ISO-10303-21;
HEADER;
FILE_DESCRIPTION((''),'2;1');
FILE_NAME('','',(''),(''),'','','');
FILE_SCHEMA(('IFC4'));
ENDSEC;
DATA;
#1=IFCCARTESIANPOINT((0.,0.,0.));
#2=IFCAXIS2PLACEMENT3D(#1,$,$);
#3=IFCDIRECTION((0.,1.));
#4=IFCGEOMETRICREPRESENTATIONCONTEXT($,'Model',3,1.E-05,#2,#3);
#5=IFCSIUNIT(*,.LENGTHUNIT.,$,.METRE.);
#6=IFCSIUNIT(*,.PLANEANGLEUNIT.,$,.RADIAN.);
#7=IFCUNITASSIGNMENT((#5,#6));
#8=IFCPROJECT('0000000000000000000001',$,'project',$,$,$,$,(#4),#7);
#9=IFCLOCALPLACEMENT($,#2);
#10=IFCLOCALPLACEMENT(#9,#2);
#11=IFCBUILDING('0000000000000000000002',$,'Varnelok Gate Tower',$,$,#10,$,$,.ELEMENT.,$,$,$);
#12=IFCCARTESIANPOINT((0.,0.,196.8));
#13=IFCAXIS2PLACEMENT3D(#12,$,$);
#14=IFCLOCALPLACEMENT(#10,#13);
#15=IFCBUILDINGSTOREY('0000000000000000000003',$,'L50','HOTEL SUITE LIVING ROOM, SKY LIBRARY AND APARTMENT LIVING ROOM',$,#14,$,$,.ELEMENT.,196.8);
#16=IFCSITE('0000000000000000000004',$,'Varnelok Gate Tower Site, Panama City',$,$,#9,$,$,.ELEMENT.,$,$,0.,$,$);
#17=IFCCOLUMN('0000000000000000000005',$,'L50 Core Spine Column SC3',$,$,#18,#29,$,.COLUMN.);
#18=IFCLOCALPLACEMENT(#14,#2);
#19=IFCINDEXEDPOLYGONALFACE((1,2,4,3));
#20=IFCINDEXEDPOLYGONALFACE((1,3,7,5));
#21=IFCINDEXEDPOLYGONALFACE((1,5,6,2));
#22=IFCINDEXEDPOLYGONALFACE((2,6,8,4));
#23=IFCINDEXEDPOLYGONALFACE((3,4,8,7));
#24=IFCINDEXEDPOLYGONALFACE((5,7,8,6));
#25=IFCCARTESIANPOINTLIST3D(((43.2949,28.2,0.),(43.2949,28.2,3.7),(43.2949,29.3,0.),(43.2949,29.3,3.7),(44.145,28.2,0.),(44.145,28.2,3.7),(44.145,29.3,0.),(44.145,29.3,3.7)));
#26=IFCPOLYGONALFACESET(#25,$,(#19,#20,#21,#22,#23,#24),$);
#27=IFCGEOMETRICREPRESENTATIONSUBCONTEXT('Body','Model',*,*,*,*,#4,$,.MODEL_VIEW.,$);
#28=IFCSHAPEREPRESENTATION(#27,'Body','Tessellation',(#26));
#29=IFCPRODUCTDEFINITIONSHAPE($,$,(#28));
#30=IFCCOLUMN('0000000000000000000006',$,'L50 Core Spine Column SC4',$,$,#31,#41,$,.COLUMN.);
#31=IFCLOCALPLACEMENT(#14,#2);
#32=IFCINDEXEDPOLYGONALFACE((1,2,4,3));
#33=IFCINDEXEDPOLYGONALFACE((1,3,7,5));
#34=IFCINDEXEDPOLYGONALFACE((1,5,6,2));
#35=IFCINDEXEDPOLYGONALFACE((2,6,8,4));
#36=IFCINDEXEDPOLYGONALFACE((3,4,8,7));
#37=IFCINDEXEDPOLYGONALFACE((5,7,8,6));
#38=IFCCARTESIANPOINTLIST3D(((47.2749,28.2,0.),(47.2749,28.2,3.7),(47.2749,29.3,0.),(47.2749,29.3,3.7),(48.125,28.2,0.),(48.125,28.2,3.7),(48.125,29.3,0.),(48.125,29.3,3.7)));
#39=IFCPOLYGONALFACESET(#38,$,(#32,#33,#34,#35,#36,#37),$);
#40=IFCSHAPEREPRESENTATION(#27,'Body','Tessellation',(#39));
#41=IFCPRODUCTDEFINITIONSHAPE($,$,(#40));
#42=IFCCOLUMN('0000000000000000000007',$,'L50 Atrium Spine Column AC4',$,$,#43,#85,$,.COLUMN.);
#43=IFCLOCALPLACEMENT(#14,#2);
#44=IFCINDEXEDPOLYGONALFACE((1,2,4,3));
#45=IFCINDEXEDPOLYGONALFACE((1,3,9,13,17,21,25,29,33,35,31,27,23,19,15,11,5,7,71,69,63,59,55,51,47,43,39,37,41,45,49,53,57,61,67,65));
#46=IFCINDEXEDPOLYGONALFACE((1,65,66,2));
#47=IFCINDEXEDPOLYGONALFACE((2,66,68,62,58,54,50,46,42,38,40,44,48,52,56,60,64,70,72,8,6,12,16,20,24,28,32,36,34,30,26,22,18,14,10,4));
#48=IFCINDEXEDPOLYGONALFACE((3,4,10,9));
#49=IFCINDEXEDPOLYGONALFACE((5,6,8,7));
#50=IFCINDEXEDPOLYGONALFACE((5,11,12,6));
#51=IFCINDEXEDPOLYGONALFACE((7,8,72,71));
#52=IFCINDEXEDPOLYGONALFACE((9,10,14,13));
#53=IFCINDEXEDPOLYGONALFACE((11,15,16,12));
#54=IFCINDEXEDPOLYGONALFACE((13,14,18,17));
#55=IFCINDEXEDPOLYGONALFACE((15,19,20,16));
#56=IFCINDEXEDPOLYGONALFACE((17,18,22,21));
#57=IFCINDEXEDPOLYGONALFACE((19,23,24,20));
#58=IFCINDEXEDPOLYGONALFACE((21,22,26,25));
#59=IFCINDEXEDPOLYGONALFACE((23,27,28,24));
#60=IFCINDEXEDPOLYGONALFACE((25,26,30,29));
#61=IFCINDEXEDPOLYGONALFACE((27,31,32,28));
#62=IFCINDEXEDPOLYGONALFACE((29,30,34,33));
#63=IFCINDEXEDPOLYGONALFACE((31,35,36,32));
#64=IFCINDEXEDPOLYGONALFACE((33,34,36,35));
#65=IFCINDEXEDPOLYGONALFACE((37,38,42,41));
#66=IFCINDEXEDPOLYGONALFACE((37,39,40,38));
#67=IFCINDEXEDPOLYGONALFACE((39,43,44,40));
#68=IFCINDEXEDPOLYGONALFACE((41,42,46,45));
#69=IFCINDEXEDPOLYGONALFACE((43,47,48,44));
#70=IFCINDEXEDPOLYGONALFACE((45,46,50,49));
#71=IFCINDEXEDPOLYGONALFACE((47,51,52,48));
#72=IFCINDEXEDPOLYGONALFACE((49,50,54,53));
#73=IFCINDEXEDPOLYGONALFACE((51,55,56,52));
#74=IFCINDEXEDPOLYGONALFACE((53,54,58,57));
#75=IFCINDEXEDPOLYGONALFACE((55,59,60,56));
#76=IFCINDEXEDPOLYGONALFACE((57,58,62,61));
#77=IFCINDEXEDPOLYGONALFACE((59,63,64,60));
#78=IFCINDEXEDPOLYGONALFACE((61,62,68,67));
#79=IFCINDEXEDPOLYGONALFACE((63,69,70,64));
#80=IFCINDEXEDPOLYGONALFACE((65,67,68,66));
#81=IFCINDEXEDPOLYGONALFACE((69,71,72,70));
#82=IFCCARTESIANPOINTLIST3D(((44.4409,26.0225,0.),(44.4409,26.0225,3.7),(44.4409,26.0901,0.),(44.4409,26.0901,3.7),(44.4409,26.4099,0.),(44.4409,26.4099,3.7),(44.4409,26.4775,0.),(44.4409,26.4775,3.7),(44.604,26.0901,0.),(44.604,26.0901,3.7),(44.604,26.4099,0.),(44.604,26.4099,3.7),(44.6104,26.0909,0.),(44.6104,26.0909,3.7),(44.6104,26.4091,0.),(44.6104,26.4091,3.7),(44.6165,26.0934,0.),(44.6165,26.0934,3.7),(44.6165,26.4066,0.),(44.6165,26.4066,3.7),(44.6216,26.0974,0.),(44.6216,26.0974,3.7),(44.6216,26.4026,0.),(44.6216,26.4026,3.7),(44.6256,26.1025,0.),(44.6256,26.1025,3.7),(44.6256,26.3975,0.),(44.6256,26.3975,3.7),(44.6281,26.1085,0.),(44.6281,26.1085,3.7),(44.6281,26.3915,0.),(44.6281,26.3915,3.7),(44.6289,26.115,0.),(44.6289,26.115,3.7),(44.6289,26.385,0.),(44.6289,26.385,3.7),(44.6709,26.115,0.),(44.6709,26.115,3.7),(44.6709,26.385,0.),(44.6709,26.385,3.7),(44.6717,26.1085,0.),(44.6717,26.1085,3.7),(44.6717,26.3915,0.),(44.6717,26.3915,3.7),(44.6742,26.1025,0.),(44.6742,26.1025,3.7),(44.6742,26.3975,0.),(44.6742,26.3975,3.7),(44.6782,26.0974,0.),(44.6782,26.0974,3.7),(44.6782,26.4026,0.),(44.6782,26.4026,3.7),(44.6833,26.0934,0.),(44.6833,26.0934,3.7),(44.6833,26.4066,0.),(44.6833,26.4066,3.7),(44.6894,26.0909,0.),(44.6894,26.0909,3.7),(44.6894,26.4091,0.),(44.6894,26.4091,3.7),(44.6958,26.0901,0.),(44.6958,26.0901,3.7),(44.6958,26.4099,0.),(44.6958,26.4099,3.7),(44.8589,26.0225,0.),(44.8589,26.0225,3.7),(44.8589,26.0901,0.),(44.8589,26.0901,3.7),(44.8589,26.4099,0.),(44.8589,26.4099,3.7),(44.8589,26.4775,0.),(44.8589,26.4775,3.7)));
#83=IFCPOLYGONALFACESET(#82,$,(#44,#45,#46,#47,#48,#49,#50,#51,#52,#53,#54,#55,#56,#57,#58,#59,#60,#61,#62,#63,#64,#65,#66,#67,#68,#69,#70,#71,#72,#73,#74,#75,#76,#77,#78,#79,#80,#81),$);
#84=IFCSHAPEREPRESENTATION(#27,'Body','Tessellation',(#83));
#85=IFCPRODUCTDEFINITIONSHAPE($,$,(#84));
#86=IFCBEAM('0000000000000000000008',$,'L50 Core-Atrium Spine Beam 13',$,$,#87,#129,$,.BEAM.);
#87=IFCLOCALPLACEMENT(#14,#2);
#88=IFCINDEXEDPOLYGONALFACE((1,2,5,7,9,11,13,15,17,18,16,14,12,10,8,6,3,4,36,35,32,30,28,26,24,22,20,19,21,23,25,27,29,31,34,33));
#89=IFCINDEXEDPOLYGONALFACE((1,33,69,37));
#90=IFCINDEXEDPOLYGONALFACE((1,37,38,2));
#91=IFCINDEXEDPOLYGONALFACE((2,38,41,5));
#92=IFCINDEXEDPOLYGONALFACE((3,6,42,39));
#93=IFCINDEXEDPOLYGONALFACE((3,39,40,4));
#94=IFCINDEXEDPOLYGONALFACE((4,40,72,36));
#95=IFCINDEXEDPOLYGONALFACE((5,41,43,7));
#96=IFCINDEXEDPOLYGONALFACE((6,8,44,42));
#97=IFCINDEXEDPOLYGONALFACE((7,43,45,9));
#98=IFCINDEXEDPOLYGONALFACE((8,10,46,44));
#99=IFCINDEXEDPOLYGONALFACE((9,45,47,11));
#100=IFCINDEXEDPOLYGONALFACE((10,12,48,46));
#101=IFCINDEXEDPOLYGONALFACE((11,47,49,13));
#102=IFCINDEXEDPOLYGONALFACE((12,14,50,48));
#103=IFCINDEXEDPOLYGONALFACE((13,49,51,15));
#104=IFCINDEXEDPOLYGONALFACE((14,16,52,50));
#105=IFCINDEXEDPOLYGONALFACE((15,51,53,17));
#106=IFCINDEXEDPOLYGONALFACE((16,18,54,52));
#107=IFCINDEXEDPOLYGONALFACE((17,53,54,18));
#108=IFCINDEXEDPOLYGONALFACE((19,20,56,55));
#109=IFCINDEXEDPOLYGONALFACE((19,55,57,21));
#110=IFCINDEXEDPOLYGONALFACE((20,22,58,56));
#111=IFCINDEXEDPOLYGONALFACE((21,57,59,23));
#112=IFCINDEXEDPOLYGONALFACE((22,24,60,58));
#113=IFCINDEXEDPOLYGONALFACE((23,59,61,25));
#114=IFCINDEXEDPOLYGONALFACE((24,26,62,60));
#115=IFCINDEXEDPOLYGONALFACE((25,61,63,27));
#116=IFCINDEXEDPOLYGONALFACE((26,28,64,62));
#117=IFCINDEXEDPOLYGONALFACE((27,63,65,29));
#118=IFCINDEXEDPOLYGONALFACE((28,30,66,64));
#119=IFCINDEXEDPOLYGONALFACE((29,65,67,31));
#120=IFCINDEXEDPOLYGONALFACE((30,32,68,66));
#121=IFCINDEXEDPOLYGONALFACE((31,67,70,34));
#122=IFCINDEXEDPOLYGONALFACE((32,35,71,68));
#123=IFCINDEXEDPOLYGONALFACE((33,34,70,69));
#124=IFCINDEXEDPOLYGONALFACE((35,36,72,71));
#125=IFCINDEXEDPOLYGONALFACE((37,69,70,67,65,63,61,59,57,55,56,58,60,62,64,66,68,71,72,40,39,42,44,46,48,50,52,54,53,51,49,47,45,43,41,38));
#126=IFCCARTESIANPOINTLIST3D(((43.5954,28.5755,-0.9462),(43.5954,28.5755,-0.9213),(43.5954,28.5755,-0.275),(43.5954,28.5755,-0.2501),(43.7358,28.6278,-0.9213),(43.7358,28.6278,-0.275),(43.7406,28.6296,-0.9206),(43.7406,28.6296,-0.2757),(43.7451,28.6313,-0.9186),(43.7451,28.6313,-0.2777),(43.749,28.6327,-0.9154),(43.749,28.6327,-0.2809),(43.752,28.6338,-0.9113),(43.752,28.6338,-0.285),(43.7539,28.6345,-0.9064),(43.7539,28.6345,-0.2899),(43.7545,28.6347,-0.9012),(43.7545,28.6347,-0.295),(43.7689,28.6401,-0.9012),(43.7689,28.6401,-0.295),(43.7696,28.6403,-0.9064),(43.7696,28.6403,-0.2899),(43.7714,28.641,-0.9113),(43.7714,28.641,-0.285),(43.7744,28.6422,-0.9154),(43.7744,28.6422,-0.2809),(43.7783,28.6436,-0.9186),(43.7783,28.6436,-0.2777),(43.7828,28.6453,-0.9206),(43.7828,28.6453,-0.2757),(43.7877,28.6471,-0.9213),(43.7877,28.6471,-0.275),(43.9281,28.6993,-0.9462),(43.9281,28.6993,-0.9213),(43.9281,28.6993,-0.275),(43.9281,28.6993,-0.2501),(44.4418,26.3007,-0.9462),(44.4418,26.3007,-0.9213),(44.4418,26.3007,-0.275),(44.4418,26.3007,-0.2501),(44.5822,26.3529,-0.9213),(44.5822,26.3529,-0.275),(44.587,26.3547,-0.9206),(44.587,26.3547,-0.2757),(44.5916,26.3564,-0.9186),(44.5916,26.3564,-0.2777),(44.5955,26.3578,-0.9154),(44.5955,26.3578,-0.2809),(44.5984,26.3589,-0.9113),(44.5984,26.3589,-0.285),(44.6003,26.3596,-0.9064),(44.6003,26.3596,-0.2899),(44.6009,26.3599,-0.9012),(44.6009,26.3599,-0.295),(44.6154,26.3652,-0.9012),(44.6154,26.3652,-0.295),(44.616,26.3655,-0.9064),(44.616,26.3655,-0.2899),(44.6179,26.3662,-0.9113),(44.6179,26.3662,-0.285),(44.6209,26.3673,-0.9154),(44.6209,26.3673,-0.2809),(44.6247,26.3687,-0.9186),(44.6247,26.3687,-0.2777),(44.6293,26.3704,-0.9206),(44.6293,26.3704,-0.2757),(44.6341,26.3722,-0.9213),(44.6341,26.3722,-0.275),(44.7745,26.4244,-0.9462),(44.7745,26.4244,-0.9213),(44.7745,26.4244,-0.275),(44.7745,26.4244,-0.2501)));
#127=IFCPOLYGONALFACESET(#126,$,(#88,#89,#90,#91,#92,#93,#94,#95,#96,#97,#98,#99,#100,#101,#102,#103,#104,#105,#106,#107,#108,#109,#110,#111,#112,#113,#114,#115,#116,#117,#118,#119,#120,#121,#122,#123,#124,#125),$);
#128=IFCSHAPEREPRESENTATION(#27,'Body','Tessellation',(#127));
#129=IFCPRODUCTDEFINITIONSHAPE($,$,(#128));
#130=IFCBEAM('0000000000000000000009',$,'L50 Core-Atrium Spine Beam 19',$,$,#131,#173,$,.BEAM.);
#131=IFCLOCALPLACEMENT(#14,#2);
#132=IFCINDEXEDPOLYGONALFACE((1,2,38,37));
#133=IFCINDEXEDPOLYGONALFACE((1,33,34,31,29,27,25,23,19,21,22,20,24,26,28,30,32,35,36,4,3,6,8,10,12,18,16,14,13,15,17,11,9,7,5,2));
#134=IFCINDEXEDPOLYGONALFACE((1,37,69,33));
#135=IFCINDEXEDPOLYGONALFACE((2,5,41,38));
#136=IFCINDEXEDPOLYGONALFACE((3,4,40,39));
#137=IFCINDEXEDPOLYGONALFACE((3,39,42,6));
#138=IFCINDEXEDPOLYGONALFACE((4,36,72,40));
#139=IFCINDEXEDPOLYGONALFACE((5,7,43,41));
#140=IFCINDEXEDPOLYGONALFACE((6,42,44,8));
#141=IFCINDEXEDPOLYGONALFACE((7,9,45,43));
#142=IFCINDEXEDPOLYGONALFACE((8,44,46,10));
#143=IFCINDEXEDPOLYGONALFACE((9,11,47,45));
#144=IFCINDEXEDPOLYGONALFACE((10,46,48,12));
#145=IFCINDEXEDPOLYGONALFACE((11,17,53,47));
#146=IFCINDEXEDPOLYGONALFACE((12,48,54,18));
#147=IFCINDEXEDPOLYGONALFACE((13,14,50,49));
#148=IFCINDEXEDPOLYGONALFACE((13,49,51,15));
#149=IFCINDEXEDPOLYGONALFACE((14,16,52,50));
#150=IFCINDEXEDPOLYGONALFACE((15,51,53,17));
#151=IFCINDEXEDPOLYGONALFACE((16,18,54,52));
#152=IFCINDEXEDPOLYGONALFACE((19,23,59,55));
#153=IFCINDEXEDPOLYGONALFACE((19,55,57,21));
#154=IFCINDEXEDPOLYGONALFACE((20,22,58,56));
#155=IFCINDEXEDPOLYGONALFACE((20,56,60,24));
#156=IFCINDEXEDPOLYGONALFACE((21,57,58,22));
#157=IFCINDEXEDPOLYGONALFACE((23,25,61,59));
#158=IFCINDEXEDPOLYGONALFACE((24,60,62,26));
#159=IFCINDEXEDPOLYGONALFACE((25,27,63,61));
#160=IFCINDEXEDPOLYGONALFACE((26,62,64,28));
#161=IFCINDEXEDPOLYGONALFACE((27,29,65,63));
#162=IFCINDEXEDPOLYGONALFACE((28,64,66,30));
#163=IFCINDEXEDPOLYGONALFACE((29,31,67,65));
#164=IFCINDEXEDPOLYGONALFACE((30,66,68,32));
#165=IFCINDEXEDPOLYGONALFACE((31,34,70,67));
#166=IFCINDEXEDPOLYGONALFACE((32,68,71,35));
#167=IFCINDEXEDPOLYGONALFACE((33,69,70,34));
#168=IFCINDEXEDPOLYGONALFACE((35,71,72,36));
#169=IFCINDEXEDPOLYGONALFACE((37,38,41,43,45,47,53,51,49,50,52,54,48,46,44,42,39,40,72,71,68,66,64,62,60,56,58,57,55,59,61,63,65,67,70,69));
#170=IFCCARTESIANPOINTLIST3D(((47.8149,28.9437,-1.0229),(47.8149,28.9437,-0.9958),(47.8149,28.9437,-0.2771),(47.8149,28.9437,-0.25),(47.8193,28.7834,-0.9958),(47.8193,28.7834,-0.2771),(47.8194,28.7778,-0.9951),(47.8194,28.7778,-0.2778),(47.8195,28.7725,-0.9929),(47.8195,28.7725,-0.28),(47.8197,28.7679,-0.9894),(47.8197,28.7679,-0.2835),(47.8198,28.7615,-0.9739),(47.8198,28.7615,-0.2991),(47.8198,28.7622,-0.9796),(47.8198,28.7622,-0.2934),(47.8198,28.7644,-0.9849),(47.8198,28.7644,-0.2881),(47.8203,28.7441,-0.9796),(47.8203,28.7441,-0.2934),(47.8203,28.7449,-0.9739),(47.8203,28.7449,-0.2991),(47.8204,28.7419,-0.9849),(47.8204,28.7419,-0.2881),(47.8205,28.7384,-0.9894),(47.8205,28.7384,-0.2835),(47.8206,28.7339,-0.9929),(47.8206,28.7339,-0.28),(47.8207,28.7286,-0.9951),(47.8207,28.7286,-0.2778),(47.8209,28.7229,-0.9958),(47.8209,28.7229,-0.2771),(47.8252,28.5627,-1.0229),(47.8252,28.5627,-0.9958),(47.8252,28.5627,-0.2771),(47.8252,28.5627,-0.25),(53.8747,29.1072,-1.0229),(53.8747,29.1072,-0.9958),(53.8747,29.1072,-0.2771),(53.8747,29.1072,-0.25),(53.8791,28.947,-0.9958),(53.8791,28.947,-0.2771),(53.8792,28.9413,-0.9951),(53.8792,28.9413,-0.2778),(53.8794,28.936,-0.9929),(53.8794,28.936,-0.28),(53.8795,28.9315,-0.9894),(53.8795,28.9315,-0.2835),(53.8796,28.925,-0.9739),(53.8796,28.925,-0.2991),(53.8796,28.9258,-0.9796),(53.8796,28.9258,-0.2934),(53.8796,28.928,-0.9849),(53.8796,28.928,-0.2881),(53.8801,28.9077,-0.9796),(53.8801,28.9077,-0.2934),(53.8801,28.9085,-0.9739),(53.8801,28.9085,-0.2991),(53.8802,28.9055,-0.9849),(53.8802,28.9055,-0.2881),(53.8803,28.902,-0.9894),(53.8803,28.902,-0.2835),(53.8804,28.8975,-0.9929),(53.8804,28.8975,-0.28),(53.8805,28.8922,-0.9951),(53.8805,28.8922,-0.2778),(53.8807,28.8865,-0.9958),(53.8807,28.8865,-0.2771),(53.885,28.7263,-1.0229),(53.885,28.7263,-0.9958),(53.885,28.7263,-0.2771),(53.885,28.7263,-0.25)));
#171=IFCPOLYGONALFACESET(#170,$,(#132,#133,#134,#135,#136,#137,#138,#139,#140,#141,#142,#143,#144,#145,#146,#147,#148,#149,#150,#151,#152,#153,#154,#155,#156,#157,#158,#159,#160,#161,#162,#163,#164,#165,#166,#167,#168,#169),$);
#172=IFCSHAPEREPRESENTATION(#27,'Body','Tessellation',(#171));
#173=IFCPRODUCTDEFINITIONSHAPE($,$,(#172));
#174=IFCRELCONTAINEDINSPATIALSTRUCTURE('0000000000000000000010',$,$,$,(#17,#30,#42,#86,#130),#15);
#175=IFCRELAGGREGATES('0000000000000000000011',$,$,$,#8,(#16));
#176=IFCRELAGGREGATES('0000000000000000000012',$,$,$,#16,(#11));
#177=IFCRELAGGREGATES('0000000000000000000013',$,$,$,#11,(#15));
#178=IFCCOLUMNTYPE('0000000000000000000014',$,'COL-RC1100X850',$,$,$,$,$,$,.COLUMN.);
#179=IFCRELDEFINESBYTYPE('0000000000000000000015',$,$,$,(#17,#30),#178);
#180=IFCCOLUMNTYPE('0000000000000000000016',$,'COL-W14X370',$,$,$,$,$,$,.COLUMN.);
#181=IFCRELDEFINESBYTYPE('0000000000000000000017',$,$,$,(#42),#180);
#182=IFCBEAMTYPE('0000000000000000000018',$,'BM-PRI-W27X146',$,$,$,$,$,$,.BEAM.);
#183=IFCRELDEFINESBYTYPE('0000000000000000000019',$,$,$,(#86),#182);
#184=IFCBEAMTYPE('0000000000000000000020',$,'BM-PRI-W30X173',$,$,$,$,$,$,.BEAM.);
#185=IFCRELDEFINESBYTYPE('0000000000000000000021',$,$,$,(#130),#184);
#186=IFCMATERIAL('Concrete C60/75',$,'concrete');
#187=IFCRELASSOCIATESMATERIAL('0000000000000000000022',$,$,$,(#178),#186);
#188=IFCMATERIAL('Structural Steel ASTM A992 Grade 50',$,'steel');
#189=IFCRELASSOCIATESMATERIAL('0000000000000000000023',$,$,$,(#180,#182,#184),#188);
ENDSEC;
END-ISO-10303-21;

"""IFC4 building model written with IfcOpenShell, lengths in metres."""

from ifc_helpers import new_model, si_unit, direction, frame, origin, origin_2d, place, context, subcontext, project, spatial, rectangle, i_section, extrude, material, material_profile, profile_set, type_object, element, save


model = new_model("IFC4")

# Units and contexts
model_context = context("Model", 3, precision=1e-05, world=origin(), true_north=direction((0.0, 1.0)))
body_context = subcontext(model_context, "Body", "Model", "MODEL_VIEW")
ifc_project = project(units=[si_unit("LENGTHUNIT", "METRE"), si_unit("PLANEANGLEUNIT", "RADIAN")], contexts=[model_context])

# Site, building, storey
site_placement = place(None, origin())
site = spatial("IfcSite", under=ifc_project, at=site_placement, Name="Varnelok Gate Tower Site, Panama City", CompositionType="ELEMENT", RefElevation=0.0)
building_placement = place(site_placement, origin())
building = spatial("IfcBuilding", under=site, at=building_placement, Name="Varnelok Gate Tower", CompositionType="ELEMENT")
storey_placement = place(building_placement, frame((0.0, 0.0, 196.8)))
storey = spatial("IfcBuildingStorey", under=building, at=storey_placement, Name="L50", Description="HOTEL SUITE LIVING ROOM, SKY LIBRARY AND APARTMENT LIVING ROOM", CompositionType="ELEMENT", Elevation=196.8)

# Columns
ifc_material_1 = material(Name="Concrete C60/75", Category="concrete")
ifc_material_profile_1 = material_profile(ifc_material_1, rectangle(XDim=0.8501, YDim=1.1001, at=origin_2d()), Name="RC1100X850")
ifc_profile_set_1 = profile_set([ifc_material_profile_1], Name="Concrete C60/75")
column_type_1 = type_object("IfcColumnType", Name="COL-RC1100X850", PredefinedType="COLUMN", material=ifc_profile_set_1)
for number, where, z_axis, x_axis, name in (
    (1, (43.72, 28.75, 0.0), (0.0, 0.0, 1.0), (1.0, 0.0, 0.0), "L50 Core Spine Column SC3"),
    (2, (47.7, 28.75, 0.0), (0.0, 0.0, 1.0), (1.0, 0.0, 0.0), "L50 Core Spine Column SC4"),
):
    element("IfcColumn", number, at=place(storey_placement, frame(where, z_axis=z_axis, x_axis=x_axis)), inside=storey, type_object=column_type_1, Name=name, PredefinedType="COLUMN", context=body_context, shape_type="SweptSolid", body=[
        extrude(rectangle(XDim=0.8501, YDim=1.1001, at=origin_2d()), origin(), (0.0, 0.0, 1.0), 3.7),
    ])
ifc_material_2 = material(Name="Structural Steel ASTM A992 Grade 50", Category="steel")
ifc_material_profile_2 = material_profile(ifc_material_2, i_section(OverallWidth=0.418, OverallDepth=0.4551, WebThickness=0.042, FlangeThickness=0.0676, FilletRadius=0.0249, at=origin_2d()), Name="W14X370")
ifc_profile_set_2 = profile_set([ifc_material_profile_2], Name="Structural Steel ASTM A992 Grade 50")
column_type_2 = type_object("IfcColumnType", Name="COL-W14X370", PredefinedType="COLUMN", material=ifc_profile_set_2)
column_placement = place(storey_placement, frame((44.6499, 26.25, 0.0), z_axis=(0.0, 0.0, 1.0), x_axis=(1.0, 0.0, 0.0)))
element("IfcColumn", 3, at=column_placement, inside=storey, type_object=column_type_2, Name="L50 Atrium Spine Column AC4", PredefinedType="COLUMN", context=body_context, shape_type="SweptSolid", body=[
    extrude(i_section(OverallWidth=0.418, OverallDepth=0.4551, WebThickness=0.042, FlangeThickness=0.0676, FilletRadius=0.0249, at=origin_2d()), origin(), (0.0, 0.0, 1.0), 3.7),
])

# Beams
ifc_material_profile_3 = material_profile(ifc_material_2, i_section(OverallWidth=0.355, OverallDepth=0.696, WebThickness=0.0154, FlangeThickness=0.0249, FilletRadius=0.02, at=origin_2d()), Name="W27X146")
ifc_profile_set_3 = profile_set([ifc_material_profile_3], Name="Structural Steel ASTM A992 Grade 50")
beam_type_1 = type_object("IfcBeamType", Name="BM-PRI-W27X146", PredefinedType="BEAM", material=ifc_profile_set_3)
beam_1_placement = place(storey_placement, frame((44.6082, 26.3625, -0.5981), z_axis=(-0.348719, 0.937227, 0.0), x_axis=(-0.937227, -0.348719, 0.0)))
element("IfcBeam", 4, at=beam_1_placement, inside=storey, type_object=beam_type_1, Name="L50 Core-Atrium Spine Beam 13", PredefinedType="BEAM", context=body_context, shape_type="SweptSolid", body=[
    extrude(i_section(OverallWidth=0.355, OverallDepth=0.696, WebThickness=0.0154, FlangeThickness=0.0249, FilletRadius=0.02, at=origin_2d()), origin(), (0.0, 0.0, 1.0), 2.4272),
])
ifc_material_profile_4 = material_profile(ifc_material_2, i_section(OverallWidth=0.3811, OverallDepth=0.7729, WebThickness=0.0166, FlangeThickness=0.0271, FilletRadius=0.022, at=origin_2d()), Name="W30X173")
ifc_profile_set_4 = profile_set([ifc_material_profile_4], Name="Structural Steel ASTM A992 Grade 50")
beam_type_2 = type_object("IfcBeamType", Name="BM-PRI-W30X173", PredefinedType="BEAM", material=ifc_profile_set_4)
beam_2_placement = place(storey_placement, frame((47.8201, 28.7532, -0.6365), z_axis=(0.999636, 0.026983, 0.0), x_axis=(-0.026983, 0.999636, 0.0)))
element("IfcBeam", 5, at=beam_2_placement, inside=storey, type_object=beam_type_2, Name="L50 Core-Atrium Spine Beam 19", PredefinedType="BEAM", context=body_context, shape_type="SweptSolid", body=[
    extrude(i_section(OverallWidth=0.3811, OverallDepth=0.7729, WebThickness=0.0166, FlangeThickness=0.0271, FilletRadius=0.022, at=origin_2d()), origin(), (0.0, 0.0, 1.0), 6.062),
])

save(model, "model.ifc")
